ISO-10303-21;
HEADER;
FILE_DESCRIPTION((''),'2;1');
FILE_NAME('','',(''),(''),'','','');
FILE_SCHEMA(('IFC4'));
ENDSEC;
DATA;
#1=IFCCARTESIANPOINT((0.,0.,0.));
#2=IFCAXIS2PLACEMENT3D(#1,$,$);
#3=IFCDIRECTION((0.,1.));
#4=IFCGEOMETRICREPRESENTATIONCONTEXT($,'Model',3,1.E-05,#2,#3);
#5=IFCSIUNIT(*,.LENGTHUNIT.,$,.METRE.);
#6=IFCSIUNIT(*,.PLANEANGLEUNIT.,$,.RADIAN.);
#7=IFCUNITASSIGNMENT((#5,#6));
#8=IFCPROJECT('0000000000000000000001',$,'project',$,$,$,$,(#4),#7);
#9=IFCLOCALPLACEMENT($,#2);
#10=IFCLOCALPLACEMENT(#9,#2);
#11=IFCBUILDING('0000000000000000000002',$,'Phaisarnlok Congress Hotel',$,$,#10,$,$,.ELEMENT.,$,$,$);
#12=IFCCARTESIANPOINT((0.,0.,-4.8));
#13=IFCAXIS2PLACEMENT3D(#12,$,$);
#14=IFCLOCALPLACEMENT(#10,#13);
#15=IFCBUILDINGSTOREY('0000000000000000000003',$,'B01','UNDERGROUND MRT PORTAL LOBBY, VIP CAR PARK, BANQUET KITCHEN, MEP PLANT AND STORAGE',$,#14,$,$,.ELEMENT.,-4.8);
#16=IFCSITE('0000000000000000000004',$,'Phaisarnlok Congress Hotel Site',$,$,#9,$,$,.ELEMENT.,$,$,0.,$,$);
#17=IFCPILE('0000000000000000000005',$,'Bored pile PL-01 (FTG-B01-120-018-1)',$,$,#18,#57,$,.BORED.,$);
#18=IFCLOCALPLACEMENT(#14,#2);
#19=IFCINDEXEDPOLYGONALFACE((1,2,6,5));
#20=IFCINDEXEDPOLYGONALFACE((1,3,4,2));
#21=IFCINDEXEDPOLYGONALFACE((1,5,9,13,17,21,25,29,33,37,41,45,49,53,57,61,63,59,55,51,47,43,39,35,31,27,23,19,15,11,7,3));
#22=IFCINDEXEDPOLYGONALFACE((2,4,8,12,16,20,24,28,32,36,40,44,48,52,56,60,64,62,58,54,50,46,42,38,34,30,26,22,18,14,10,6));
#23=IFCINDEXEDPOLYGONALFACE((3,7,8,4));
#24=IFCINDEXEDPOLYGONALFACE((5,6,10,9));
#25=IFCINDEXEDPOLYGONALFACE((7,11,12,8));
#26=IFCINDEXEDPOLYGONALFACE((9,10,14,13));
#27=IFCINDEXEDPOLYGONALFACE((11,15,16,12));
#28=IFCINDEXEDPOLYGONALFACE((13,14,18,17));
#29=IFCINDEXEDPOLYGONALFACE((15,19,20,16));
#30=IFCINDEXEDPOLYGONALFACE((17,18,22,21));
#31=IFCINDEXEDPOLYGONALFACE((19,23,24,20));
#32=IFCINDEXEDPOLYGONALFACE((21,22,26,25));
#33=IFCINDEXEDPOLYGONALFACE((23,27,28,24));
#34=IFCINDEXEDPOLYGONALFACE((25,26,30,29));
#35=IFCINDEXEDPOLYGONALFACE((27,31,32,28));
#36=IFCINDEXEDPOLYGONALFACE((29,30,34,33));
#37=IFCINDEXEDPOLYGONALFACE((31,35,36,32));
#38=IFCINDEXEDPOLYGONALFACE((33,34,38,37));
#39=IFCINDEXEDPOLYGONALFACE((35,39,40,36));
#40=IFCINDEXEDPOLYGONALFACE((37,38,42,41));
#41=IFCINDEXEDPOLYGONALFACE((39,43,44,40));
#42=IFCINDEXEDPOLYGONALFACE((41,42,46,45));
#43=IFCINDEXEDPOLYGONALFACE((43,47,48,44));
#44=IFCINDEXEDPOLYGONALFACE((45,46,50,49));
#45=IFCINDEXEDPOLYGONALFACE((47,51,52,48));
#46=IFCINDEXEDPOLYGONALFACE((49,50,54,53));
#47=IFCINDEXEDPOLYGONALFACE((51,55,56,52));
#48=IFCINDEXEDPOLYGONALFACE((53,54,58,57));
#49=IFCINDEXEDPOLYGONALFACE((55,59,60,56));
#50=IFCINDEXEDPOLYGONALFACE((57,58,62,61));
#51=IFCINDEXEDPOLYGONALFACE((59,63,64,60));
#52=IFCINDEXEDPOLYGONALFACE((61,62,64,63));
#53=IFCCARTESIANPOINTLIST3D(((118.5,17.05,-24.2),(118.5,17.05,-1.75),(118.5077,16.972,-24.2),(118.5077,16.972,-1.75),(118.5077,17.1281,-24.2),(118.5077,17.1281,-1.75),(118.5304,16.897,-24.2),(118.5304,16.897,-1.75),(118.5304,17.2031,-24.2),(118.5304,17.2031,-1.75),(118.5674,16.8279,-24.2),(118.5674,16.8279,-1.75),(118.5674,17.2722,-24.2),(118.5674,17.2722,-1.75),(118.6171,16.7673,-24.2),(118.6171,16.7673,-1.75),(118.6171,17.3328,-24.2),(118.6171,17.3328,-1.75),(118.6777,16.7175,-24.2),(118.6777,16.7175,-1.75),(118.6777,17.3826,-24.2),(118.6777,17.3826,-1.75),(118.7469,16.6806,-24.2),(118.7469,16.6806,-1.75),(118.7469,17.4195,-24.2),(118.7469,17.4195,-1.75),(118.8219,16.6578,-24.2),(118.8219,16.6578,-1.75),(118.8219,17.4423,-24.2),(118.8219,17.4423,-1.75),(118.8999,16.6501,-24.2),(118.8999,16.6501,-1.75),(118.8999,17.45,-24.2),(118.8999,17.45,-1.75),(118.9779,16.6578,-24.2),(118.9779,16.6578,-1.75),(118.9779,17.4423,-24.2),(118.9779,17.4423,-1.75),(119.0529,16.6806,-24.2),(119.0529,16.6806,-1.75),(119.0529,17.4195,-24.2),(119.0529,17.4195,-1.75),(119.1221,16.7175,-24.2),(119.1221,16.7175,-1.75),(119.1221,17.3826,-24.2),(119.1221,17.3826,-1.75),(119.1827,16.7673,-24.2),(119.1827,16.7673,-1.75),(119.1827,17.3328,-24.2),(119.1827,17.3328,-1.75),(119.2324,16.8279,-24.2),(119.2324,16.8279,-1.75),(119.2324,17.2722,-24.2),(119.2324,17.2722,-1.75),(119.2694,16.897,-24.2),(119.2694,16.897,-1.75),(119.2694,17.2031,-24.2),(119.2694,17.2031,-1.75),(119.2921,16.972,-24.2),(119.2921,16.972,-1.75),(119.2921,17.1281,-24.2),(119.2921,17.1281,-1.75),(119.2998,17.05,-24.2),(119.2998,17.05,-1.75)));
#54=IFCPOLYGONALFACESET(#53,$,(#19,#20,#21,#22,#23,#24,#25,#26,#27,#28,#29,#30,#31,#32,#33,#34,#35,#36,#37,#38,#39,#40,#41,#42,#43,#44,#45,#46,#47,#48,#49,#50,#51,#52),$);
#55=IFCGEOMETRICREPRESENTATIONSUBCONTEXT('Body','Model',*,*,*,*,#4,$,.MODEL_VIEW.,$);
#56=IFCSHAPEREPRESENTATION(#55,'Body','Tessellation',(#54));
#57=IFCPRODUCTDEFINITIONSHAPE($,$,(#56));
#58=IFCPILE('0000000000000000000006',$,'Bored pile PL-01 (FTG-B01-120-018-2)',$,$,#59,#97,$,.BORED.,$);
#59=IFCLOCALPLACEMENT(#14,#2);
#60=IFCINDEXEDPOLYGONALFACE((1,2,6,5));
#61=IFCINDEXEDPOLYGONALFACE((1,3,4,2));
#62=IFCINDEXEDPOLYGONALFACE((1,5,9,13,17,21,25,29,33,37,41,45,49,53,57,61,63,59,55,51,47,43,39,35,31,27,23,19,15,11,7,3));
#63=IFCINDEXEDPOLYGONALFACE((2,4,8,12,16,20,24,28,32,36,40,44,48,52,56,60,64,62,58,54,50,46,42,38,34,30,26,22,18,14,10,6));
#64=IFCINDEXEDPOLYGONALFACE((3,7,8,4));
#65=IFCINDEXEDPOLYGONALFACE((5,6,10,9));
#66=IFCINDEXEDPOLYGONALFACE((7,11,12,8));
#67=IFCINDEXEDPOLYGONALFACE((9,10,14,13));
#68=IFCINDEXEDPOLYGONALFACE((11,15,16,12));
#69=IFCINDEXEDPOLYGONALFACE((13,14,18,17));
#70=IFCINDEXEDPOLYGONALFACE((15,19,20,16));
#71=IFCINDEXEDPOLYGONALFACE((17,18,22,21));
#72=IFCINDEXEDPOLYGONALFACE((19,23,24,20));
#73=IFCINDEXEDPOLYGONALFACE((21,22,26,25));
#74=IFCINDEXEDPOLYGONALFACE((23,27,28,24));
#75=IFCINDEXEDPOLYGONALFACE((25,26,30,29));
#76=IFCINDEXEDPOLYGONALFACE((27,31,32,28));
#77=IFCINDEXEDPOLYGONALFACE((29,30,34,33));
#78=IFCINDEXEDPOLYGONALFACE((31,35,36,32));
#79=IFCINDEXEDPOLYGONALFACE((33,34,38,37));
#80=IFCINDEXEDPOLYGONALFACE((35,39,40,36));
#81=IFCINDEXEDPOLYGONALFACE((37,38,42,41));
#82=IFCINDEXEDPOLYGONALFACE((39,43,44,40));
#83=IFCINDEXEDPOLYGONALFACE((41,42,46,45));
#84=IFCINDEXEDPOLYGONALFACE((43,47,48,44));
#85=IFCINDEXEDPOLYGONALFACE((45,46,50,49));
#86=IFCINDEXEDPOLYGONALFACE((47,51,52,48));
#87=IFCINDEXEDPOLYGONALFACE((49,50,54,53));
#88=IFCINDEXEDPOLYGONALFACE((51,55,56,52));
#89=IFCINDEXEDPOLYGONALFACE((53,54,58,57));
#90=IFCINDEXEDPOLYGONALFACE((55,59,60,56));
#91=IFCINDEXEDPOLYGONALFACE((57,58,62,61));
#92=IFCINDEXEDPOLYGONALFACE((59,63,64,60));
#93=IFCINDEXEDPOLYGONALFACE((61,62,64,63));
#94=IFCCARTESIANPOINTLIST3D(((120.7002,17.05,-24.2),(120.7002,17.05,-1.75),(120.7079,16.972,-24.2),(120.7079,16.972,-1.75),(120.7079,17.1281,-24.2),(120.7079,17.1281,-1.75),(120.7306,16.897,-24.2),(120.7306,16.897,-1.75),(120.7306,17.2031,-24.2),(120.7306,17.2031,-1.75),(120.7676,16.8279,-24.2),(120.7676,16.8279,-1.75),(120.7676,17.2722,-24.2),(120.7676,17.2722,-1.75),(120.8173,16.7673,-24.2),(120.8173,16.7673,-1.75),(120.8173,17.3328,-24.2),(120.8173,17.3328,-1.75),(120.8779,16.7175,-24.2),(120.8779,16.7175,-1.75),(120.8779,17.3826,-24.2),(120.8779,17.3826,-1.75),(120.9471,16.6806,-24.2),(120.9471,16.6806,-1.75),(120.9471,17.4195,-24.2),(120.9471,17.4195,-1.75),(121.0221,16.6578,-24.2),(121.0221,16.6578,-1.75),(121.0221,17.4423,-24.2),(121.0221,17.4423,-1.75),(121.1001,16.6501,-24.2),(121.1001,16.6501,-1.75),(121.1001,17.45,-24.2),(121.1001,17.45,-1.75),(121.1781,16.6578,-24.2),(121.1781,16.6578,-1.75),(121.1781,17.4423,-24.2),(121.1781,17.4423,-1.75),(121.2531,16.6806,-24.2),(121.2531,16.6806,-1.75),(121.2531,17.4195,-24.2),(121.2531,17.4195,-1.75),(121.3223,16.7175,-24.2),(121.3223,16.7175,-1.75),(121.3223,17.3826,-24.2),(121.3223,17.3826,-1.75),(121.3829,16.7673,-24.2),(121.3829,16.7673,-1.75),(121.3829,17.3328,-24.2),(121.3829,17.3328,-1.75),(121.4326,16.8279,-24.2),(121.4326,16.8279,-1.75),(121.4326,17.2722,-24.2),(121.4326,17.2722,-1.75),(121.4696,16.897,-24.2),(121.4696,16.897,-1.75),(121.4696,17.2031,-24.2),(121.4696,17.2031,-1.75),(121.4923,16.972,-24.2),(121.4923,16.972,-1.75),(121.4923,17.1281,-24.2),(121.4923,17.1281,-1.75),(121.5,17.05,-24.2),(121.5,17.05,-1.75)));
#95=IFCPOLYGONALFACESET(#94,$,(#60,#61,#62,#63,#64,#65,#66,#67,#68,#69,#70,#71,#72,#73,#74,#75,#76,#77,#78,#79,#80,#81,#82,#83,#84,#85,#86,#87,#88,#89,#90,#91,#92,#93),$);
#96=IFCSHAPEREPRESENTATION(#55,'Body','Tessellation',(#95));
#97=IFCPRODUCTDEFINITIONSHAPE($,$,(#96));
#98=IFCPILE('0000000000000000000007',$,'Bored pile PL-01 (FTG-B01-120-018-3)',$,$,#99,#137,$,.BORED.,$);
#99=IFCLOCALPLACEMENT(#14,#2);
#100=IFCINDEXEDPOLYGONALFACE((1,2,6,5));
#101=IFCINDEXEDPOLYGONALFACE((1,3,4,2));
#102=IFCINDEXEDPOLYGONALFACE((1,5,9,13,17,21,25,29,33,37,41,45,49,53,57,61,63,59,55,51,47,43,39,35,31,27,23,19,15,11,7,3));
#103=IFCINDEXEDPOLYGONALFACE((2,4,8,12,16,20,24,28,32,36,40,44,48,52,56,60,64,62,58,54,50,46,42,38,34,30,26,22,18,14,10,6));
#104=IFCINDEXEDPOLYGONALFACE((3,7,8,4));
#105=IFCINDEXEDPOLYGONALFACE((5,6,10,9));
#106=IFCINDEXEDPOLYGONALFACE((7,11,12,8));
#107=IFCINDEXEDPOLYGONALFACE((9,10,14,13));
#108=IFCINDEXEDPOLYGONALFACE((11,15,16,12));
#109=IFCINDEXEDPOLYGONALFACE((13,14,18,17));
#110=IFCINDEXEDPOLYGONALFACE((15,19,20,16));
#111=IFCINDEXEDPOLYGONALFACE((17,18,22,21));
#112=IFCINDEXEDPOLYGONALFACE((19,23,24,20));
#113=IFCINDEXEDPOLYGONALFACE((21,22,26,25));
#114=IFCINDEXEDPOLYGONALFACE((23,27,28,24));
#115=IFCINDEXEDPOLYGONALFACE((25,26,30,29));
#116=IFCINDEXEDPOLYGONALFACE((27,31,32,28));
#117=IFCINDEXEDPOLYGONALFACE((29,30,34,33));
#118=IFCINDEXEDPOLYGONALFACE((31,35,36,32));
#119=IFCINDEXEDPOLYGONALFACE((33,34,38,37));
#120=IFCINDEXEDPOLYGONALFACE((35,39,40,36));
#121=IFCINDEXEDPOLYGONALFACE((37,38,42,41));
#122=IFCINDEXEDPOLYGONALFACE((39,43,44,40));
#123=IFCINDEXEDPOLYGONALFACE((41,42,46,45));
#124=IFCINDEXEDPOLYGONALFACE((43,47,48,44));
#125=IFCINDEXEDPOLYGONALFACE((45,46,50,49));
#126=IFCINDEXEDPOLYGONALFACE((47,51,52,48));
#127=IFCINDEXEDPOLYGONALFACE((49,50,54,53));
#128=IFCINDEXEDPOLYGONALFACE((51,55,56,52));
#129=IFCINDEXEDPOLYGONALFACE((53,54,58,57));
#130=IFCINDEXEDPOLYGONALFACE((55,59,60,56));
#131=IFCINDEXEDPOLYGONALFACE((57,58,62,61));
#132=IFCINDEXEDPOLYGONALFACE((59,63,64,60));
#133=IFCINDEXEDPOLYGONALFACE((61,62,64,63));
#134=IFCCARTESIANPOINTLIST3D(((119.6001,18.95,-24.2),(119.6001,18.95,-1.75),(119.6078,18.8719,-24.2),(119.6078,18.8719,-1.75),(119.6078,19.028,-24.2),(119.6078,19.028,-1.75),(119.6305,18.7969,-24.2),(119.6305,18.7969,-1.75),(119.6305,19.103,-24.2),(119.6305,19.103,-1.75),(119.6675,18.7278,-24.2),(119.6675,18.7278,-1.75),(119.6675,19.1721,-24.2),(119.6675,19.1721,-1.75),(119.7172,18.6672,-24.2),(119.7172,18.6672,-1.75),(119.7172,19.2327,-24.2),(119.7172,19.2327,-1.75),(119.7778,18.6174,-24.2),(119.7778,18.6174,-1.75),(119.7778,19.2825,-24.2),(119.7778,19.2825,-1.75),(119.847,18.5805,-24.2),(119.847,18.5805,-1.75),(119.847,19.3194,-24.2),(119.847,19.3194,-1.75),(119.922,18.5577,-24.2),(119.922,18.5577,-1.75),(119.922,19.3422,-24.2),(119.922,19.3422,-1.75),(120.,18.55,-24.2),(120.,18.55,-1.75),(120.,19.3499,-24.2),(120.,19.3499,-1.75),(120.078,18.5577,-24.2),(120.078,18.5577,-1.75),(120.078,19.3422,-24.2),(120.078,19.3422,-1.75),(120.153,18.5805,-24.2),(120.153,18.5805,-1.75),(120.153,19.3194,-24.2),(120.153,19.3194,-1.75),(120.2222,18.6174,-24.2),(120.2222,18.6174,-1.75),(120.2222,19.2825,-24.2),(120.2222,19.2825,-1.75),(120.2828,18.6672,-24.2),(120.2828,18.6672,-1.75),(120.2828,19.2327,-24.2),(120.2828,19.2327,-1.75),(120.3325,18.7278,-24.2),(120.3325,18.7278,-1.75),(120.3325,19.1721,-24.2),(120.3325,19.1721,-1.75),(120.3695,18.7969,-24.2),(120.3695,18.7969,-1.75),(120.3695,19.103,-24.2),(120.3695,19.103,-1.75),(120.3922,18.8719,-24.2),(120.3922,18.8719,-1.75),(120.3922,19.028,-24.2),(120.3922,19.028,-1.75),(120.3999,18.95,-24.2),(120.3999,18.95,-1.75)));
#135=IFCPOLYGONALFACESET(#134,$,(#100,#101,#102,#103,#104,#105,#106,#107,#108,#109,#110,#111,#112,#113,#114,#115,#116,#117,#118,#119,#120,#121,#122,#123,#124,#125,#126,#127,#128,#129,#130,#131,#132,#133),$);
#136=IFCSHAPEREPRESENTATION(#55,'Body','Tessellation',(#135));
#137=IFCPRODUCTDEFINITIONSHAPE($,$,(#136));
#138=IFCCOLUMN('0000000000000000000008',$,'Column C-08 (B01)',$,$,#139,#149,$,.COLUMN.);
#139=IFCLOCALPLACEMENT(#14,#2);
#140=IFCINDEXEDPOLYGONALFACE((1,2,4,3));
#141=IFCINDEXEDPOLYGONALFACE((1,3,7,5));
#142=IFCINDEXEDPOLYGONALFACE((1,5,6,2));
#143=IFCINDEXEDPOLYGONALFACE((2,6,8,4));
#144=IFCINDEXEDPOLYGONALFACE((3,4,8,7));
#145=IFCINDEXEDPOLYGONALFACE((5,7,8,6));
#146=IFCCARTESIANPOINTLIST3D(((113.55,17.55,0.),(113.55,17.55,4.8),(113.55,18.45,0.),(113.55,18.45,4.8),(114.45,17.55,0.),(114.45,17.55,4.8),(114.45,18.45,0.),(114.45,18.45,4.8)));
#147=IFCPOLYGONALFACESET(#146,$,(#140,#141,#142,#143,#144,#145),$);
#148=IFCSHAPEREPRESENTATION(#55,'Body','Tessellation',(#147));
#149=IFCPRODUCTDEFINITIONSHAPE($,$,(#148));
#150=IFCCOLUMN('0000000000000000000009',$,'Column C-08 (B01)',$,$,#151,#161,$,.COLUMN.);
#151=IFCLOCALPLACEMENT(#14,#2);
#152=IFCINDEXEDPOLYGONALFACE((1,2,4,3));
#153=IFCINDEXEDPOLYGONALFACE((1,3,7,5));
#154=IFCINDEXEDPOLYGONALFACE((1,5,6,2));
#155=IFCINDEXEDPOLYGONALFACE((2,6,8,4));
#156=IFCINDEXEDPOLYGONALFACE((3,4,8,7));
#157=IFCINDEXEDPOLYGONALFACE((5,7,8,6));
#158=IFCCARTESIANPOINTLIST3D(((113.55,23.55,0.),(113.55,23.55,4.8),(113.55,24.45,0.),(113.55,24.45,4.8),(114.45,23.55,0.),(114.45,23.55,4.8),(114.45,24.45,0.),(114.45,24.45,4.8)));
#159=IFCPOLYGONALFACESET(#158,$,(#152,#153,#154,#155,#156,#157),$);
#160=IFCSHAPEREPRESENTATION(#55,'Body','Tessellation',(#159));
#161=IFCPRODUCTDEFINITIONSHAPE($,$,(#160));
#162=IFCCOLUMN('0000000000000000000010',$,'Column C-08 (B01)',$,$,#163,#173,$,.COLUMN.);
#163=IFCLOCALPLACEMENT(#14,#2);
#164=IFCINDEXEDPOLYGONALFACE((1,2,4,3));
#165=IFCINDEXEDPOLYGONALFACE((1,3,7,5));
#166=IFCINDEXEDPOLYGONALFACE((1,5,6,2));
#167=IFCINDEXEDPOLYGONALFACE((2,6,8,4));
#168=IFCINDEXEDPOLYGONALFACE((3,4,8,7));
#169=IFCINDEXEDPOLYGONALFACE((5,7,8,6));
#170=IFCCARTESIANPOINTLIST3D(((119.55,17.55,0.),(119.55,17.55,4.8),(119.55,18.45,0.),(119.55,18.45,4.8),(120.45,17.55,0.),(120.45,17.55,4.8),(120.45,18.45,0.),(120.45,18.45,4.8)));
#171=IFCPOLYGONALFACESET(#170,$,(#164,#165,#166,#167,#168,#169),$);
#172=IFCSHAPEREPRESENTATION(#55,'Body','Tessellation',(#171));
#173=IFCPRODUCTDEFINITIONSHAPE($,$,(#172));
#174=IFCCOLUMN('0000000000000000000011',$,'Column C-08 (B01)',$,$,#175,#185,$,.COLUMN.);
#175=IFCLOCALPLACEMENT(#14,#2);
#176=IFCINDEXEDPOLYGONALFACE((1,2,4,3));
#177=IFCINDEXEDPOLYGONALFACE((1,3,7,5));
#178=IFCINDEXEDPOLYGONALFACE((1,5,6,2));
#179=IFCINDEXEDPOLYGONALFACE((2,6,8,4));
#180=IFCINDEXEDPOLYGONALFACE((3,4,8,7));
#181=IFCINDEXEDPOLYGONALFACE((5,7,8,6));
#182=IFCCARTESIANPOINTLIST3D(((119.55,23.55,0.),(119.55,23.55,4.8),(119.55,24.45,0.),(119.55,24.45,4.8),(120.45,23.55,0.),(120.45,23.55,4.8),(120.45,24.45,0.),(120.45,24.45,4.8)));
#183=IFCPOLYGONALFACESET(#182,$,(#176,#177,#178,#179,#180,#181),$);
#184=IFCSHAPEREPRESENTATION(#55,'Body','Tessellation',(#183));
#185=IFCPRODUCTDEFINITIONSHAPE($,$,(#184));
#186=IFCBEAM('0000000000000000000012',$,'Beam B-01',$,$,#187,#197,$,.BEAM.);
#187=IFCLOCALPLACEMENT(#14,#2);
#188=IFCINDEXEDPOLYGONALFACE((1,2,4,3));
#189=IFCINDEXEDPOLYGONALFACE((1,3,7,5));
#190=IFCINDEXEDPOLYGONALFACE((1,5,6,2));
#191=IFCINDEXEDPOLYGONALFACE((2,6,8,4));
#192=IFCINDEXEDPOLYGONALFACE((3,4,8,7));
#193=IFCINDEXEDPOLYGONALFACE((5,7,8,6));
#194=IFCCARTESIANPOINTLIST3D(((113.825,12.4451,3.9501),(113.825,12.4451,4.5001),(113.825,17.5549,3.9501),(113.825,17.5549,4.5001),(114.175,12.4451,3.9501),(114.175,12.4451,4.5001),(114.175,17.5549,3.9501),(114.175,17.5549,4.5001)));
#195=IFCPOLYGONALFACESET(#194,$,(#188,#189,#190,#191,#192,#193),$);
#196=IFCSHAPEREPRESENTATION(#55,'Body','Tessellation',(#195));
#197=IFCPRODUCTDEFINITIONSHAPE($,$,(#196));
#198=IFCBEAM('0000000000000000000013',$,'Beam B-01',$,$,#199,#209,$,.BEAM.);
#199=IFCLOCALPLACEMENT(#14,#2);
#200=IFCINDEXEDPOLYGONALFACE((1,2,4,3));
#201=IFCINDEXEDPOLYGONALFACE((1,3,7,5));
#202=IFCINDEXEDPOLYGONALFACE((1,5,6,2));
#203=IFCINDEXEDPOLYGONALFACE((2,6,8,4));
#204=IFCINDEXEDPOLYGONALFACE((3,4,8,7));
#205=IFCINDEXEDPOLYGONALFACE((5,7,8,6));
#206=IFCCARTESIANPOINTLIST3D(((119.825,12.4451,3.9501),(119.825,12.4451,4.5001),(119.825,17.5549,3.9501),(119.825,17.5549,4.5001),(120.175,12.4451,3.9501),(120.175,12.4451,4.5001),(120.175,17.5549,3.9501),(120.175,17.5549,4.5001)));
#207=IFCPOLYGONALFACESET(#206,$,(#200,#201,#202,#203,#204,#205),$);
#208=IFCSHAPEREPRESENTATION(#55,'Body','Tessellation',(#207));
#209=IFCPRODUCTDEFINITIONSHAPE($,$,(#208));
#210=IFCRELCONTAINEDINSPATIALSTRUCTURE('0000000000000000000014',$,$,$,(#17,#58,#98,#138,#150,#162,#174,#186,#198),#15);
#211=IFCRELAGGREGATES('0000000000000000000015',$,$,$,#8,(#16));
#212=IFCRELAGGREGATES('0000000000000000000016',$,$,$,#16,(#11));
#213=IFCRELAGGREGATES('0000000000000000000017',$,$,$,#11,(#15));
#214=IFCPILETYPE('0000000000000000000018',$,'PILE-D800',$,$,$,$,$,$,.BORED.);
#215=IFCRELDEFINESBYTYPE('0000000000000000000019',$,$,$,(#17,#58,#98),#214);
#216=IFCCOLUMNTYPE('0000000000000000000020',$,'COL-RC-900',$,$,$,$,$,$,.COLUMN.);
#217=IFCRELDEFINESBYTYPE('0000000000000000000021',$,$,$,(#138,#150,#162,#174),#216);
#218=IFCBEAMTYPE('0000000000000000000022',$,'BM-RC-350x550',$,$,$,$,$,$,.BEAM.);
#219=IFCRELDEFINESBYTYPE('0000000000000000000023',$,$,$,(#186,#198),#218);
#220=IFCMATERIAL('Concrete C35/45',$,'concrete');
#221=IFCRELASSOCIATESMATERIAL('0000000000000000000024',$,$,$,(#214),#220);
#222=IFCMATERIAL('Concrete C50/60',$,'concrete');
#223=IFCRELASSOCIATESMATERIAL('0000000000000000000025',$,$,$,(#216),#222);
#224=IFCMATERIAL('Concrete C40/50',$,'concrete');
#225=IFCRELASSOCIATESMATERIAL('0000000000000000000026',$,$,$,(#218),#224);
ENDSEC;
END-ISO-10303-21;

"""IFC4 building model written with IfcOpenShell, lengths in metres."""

from ifc_helpers import new_model, si_unit, direction, frame, origin, origin_2d, place, context, subcontext, project, spatial, rectangle, circle, extrude, material, material_profile, profile_set, type_object, element, save


model = new_model("IFC4")

# Units and contexts
model_context = context("Model", 3, precision=1e-05, world=origin(), true_north=direction((0.0, 1.0)))
body_context = subcontext(model_context, "Body", "Model", "MODEL_VIEW")
ifc_project = project(units=[si_unit("LENGTHUNIT", "METRE"), si_unit("PLANEANGLEUNIT", "RADIAN")], contexts=[model_context])

# Site, building, storey
site_placement = place(None, origin())
site = spatial("IfcSite", under=ifc_project, at=site_placement, Name="Phaisarnlok Congress Hotel Site", CompositionType="ELEMENT", RefElevation=0.0)
building_placement = place(site_placement, origin())
building = spatial("IfcBuilding", under=site, at=building_placement, Name="Phaisarnlok Congress Hotel", CompositionType="ELEMENT")
storey_placement = place(building_placement, frame((0.0, 0.0, -4.8)))
storey = spatial("IfcBuildingStorey", under=building, at=storey_placement, Name="B01", Description="UNDERGROUND MRT PORTAL LOBBY, VIP CAR PARK, BANQUET KITCHEN, MEP PLANT AND STORAGE", CompositionType="ELEMENT", Elevation=-4.8)

# Shared definitions
ifc_material_1 = material(Name="Concrete C40/50", Category="concrete")

# Piles
ifc_material_2 = material(Name="Concrete C35/45", Category="concrete")
ifc_material_profile_1 = material_profile(ifc_material_2, circle(Radius=0.3999, at=origin_2d()), Name="BORED PILE D800")
ifc_profile_set_1 = profile_set([ifc_material_profile_1], Name="Concrete C35/45")
pile_type_1 = type_object("IfcPileType", Name="PILE-D800", PredefinedType="BORED", material=ifc_profile_set_1)
for number, where, z_axis, x_axis, name in (
    (1, (118.8999, 17.05, -1.75), (0.0, 0.0, -1.0), (1.0, 0.0, 0.0), "Bored pile PL-01 (FTG-B01-120-018-1)"),
    (2, (121.1001, 17.05, -1.75), (0.0, 0.0, -1.0), (1.0, 0.0, 0.0), "Bored pile PL-01 (FTG-B01-120-018-2)"),
    (3, (120.0, 18.95, -1.75), (0.0, 0.0, -1.0), (1.0, 0.0, 0.0), "Bored pile PL-01 (FTG-B01-120-018-3)"),
):
    element("IfcPile", number, at=place(storey_placement, frame(where, z_axis=z_axis, x_axis=x_axis)), inside=storey, type_object=pile_type_1, Name=name, PredefinedType="BORED", context=body_context, shape_type="SweptSolid", body=[
        extrude(circle(Radius=0.3999, at=origin_2d()), origin(), (0.0, 0.0, 1.0), 22.45),
    ])

# Columns
ifc_material_3 = material(Name="Concrete C50/60", Category="concrete")
ifc_material_profile_2 = material_profile(ifc_material_3, rectangle(XDim=0.8999, YDim=0.8999, at=origin_2d()), Name="RC 900x900")
ifc_profile_set_2 = profile_set([ifc_material_profile_2], Name="Concrete C50/60")
column_type = type_object("IfcColumnType", Name="COL-RC-900", PredefinedType="COLUMN", material=ifc_profile_set_2)
for number, where, z_axis, x_axis, name in (
    (4, (114.0, 18.0, 0.0), (0.0, 0.0, 1.0), (1.0, 0.0, 0.0), "Column C-08 (B01)"),
    (5, (114.0, 24.0, 0.0), (0.0, 0.0, 1.0), (1.0, 0.0, 0.0), "Column C-08 (B01)"),
    (6, (120.0, 18.0, 0.0), (0.0, 0.0, 1.0), (1.0, 0.0, 0.0), "Column C-08 (B01)"),
    (7, (120.0, 24.0, 0.0), (0.0, 0.0, 1.0), (1.0, 0.0, 0.0), "Column C-08 (B01)"),
):
    element("IfcColumn", number, at=place(storey_placement, frame(where, z_axis=z_axis, x_axis=x_axis)), inside=storey, type_object=column_type, Name=name, PredefinedType="COLUMN", context=body_context, shape_type="SweptSolid", body=[
        extrude(rectangle(XDim=0.8999, YDim=0.8999, at=origin_2d()), origin(), (0.0, 0.0, 1.0), 4.8),
    ])

# Beams
ifc_material_profile_3 = material_profile(ifc_material_1, rectangle(XDim=0.3501, YDim=0.55, at=origin_2d()), Name="RC 350x550")
ifc_profile_set_3 = profile_set([ifc_material_profile_3], Name="Concrete C40/50")
beam_type_1 = type_object("IfcBeamType", Name="BM-RC-350x550", PredefinedType="BEAM", material=ifc_profile_set_3)
for number, where, z_axis, x_axis, name in (
    (8, (114.0, 12.4451, 4.2251), (0.0, 1.0, 0.0), (-1.0, 0.0, 0.0), "Beam B-01"),
    (9, (120.0, 12.4451, 4.2251), (0.0, 1.0, 0.0), (-1.0, 0.0, 0.0), "Beam B-01"),
):
    element("IfcBeam", number, at=place(storey_placement, frame(where, z_axis=z_axis, x_axis=x_axis)), inside=storey, type_object=beam_type_1, Name=name, PredefinedType="BEAM", context=body_context, shape_type="SweptSolid", body=[
        extrude(rectangle(XDim=0.3501, YDim=0.55, at=origin_2d()), origin(), (0.0, 0.0, 1.0), 5.1099),
    ])

save(model, "model.ifc")
